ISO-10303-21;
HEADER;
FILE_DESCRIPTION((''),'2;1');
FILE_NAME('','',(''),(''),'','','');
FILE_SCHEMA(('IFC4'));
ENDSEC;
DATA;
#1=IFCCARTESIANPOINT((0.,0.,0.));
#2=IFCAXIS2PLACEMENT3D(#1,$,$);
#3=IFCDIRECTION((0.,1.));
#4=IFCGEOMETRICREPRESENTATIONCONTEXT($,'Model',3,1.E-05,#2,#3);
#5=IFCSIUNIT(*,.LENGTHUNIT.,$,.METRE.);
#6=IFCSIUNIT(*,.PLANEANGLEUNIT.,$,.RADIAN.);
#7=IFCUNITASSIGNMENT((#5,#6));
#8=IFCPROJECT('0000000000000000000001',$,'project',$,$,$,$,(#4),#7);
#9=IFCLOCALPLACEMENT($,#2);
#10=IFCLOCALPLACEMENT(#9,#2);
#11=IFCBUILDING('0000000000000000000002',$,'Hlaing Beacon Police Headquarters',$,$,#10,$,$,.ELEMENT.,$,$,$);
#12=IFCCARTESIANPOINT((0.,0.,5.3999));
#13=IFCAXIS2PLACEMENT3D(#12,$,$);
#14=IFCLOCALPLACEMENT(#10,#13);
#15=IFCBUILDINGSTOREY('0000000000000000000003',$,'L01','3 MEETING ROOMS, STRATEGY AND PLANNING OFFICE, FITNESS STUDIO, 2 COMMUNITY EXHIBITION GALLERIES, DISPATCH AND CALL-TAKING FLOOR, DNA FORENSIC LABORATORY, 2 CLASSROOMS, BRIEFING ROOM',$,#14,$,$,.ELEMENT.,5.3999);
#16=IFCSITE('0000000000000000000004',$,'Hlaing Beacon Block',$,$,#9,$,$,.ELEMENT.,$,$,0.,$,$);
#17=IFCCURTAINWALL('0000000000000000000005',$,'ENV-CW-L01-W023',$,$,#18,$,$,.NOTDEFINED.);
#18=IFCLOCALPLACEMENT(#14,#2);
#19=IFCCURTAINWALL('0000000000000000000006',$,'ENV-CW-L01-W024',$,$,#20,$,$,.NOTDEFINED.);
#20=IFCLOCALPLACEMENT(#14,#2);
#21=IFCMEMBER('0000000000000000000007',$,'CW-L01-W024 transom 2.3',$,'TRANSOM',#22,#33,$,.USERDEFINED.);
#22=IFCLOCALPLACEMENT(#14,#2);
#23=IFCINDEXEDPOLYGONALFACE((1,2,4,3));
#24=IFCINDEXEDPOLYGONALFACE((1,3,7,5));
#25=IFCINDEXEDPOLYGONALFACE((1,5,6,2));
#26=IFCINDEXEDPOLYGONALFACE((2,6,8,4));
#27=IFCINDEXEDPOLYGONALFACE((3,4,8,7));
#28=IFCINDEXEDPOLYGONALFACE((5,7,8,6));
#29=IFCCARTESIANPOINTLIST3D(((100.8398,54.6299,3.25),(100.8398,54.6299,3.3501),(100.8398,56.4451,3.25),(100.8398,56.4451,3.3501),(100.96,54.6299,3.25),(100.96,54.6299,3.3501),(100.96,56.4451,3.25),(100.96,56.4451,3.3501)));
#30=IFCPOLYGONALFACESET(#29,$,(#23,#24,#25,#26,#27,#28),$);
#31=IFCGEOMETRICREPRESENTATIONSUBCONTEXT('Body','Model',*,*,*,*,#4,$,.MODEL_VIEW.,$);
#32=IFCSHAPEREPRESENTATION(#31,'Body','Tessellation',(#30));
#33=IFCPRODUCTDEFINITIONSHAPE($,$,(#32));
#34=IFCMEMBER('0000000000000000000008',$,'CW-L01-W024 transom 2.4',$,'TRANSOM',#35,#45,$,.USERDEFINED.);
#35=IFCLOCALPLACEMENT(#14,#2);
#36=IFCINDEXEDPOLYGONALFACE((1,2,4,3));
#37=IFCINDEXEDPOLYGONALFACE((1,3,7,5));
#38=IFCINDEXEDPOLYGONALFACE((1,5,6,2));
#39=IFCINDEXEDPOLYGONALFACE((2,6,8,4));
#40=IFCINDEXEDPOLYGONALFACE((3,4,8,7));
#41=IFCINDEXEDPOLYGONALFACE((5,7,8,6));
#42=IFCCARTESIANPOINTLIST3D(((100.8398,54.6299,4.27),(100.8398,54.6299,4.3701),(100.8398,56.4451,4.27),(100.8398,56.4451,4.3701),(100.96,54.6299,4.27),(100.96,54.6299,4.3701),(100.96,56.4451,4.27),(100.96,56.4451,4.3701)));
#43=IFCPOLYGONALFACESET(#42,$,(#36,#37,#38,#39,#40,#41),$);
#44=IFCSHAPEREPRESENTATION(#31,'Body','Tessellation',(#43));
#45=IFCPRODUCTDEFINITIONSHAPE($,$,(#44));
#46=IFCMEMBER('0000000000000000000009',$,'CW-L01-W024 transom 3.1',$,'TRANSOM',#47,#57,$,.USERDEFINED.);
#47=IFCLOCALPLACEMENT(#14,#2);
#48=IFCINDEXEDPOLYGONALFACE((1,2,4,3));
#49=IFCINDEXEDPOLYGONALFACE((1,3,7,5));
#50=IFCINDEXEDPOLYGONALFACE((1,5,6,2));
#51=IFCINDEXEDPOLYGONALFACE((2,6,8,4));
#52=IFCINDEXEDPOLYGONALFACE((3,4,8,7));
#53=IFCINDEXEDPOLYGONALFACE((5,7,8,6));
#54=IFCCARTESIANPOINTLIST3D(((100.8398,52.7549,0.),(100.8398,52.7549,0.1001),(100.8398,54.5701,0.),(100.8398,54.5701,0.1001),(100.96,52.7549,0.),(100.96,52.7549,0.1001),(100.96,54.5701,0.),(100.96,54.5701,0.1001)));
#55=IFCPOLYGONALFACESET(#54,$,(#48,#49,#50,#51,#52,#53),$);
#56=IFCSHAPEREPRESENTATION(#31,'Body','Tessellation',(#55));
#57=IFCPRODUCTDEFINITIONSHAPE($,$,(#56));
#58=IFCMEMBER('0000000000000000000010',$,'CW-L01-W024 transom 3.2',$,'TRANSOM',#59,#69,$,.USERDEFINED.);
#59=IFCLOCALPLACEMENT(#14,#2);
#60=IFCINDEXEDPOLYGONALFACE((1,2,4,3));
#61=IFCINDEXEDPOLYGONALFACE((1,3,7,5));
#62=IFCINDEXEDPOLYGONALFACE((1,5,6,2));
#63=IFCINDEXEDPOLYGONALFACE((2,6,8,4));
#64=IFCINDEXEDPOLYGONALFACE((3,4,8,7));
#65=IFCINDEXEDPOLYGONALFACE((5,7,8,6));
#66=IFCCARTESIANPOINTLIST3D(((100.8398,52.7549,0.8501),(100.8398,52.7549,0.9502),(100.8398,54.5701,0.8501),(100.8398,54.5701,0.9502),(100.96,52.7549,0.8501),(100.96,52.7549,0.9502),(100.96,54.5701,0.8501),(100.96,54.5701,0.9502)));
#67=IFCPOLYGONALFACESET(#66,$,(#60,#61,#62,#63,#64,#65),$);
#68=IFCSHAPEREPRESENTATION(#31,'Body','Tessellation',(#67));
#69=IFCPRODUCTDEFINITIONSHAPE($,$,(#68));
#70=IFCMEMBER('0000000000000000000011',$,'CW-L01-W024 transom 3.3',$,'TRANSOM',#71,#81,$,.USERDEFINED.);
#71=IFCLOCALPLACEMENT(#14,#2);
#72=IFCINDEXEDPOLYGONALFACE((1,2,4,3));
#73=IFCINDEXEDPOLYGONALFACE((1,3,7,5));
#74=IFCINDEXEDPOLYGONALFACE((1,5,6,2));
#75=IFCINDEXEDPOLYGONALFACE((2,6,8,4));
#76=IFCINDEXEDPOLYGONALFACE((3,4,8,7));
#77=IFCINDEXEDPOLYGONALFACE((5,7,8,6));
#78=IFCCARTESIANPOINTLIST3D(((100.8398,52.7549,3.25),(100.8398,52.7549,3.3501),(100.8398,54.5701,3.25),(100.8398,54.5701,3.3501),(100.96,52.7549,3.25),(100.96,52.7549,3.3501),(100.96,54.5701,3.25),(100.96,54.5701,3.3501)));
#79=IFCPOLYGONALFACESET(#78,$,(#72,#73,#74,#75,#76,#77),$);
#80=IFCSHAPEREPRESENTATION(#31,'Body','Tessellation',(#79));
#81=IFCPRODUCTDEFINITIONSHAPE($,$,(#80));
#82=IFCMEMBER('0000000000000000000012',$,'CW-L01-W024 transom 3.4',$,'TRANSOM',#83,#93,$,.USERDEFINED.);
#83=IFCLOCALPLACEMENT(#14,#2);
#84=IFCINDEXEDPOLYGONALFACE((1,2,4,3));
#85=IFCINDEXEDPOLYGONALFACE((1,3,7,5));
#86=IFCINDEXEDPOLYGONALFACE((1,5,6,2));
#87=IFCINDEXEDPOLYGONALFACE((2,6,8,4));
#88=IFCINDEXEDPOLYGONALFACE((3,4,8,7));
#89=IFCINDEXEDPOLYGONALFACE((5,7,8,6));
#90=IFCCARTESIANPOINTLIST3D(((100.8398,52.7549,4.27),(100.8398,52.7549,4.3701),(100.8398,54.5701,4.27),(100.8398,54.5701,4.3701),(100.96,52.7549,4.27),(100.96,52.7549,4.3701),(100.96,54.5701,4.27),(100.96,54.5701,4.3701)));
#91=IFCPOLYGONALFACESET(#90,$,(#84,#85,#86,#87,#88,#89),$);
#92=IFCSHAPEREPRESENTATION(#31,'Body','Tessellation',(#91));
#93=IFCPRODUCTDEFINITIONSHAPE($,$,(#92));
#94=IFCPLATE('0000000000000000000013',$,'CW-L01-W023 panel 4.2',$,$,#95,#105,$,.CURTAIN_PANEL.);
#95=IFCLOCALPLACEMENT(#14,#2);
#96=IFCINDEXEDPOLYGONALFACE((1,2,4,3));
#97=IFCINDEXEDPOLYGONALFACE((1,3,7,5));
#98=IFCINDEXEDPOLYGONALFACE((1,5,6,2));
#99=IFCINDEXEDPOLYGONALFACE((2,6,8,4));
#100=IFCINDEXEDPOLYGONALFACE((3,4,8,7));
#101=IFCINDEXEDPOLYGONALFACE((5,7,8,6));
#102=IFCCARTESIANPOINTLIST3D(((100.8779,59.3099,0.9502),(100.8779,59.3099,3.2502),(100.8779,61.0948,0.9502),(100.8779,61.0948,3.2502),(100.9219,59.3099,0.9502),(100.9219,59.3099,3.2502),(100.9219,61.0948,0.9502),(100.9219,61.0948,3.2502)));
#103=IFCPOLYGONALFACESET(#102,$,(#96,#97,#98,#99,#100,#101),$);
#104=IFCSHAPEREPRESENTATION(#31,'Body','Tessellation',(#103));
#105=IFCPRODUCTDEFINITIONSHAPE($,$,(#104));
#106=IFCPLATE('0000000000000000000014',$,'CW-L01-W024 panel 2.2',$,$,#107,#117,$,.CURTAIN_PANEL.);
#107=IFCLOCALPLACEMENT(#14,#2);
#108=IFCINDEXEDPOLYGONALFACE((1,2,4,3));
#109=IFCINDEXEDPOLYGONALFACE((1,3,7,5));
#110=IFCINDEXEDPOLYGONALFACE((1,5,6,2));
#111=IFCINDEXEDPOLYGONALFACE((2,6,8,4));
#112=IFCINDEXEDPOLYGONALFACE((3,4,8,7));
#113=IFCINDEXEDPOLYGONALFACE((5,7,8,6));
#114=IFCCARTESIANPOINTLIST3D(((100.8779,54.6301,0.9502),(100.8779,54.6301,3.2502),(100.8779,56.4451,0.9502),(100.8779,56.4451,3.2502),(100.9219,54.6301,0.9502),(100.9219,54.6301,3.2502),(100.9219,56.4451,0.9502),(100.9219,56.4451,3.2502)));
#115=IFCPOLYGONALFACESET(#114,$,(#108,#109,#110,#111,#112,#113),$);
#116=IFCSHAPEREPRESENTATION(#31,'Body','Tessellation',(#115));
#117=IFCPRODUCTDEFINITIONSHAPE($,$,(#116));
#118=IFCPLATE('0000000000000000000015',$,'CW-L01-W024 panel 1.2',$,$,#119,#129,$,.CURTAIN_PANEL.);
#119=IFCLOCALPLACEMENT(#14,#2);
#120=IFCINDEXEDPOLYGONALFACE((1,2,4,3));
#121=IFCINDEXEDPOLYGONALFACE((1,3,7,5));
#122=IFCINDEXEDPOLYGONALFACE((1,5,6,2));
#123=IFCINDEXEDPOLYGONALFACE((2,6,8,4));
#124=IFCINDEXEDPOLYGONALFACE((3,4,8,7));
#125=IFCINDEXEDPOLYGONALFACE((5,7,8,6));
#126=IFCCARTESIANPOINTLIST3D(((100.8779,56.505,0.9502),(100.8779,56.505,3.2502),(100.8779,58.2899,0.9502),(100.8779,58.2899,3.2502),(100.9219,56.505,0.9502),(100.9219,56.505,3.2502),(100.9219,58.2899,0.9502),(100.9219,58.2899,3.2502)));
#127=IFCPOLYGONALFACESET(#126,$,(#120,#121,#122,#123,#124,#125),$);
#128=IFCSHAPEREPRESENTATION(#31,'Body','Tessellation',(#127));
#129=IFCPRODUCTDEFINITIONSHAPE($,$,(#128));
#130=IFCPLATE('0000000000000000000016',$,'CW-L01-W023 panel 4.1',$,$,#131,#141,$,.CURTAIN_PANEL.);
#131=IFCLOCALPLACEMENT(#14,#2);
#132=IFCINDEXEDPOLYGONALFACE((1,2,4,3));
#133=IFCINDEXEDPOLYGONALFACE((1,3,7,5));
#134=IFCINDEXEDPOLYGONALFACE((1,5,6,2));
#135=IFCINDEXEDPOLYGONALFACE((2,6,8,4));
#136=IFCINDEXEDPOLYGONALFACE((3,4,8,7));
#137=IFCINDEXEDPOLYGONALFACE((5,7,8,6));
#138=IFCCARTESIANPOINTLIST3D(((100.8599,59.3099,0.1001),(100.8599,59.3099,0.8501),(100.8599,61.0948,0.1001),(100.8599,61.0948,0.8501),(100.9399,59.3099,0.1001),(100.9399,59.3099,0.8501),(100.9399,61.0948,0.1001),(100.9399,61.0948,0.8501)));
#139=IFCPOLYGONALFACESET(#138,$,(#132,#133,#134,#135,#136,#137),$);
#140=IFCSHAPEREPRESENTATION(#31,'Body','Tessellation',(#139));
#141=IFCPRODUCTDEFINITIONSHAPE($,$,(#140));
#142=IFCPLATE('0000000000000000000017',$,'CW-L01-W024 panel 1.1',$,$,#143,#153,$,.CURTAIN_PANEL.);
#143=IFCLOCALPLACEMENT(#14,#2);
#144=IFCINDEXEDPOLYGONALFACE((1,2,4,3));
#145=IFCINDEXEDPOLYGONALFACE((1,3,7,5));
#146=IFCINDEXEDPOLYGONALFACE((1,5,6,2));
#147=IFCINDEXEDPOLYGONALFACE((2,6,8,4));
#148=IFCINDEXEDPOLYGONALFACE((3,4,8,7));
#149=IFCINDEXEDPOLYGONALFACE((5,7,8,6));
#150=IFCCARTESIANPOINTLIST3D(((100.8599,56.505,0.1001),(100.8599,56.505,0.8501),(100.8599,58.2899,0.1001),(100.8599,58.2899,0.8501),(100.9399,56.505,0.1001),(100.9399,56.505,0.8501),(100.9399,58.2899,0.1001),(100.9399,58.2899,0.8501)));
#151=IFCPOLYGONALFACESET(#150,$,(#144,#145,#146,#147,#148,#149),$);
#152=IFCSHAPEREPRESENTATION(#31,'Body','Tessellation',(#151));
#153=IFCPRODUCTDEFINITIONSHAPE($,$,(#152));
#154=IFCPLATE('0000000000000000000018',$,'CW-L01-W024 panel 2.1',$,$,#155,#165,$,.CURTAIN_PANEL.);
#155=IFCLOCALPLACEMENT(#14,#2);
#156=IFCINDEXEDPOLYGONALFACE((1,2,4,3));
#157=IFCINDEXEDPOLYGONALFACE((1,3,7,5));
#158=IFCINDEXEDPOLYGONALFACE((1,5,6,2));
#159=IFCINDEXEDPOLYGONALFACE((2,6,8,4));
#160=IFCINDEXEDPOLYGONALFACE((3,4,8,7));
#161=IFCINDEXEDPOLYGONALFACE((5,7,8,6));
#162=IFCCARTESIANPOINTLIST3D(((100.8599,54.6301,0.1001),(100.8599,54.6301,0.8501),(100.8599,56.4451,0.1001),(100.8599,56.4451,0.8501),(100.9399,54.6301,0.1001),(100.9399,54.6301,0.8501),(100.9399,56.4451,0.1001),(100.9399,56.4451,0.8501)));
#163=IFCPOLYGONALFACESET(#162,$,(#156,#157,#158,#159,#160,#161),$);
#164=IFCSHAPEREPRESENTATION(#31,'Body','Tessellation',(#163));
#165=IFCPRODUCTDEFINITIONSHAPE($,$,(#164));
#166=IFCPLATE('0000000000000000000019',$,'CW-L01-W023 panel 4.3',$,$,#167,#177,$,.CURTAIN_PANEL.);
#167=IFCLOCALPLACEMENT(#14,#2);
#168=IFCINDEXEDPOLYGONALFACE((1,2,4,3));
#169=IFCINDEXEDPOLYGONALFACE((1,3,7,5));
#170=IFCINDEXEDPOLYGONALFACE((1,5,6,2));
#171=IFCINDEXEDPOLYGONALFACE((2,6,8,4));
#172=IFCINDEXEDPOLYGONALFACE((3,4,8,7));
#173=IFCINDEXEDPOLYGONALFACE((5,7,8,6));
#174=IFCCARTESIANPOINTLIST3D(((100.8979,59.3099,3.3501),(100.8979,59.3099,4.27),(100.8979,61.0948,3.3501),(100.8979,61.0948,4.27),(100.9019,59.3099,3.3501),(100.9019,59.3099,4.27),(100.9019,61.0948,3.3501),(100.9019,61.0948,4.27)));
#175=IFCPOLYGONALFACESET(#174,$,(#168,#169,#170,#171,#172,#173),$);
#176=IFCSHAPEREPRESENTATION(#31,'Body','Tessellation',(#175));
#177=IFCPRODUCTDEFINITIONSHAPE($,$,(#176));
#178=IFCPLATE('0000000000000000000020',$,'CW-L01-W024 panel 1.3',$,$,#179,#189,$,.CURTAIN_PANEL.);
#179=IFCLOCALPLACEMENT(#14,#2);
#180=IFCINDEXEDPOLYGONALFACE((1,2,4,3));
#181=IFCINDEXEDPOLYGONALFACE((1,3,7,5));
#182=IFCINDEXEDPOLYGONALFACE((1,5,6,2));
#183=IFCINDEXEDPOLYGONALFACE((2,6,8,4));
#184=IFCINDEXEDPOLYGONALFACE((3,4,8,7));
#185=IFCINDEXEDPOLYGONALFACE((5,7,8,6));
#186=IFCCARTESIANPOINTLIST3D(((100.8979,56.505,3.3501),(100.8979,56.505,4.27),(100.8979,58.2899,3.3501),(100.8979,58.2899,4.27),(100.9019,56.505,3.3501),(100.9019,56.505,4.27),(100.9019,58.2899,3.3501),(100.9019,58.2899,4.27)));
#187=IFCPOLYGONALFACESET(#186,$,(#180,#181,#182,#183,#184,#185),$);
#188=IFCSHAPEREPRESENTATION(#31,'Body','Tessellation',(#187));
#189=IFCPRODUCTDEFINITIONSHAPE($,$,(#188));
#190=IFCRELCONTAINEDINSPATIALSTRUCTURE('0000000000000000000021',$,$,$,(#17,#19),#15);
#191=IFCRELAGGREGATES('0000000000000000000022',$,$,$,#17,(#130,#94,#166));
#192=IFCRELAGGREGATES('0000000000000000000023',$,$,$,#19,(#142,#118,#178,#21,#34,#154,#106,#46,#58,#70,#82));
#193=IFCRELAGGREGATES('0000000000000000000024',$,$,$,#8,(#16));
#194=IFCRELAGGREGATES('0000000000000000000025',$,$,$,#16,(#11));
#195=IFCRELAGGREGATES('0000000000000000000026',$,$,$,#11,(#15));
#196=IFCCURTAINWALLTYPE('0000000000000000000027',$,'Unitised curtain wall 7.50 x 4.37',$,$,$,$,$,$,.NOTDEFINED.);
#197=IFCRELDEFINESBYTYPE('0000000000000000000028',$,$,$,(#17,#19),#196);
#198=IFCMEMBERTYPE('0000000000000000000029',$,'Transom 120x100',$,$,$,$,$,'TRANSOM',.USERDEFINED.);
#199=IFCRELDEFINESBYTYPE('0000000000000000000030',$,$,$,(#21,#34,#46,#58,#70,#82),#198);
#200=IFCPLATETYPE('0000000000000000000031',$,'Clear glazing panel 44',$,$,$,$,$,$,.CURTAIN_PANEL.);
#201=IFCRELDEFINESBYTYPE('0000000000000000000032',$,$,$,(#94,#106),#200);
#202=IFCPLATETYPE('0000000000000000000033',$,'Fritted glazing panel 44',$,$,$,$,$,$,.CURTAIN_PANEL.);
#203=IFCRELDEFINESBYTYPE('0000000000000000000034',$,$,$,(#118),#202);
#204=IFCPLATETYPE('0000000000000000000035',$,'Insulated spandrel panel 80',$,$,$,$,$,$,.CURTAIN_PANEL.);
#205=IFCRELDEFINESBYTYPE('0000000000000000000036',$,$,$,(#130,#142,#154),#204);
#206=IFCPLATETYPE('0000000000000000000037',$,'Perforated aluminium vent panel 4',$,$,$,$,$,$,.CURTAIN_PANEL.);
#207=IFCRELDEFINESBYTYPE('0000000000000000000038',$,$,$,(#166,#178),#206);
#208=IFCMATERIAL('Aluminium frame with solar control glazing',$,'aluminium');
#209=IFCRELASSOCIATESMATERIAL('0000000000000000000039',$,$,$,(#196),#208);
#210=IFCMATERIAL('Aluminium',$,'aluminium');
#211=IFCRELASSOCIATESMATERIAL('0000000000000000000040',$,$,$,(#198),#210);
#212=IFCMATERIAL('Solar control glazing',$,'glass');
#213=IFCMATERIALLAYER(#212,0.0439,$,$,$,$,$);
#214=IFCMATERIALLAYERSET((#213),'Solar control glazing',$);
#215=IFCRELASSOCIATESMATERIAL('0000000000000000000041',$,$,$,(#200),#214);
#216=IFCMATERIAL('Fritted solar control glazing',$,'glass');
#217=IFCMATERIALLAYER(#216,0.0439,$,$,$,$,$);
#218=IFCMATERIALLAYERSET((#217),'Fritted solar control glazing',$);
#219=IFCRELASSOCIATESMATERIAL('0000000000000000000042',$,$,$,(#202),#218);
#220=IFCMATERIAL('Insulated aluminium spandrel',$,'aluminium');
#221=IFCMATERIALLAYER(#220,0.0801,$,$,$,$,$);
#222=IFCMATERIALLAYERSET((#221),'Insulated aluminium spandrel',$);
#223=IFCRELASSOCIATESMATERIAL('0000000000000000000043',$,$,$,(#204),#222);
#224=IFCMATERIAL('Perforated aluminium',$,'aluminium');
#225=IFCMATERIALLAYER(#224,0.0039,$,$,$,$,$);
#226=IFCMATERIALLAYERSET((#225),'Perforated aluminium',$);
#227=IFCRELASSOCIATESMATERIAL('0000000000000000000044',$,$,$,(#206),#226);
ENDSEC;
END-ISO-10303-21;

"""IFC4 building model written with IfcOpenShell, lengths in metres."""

from ifc_helpers import new_model, si_unit, direction, frame, origin, origin_2d, place, context, subcontext, project, spatial, rectangle, extrude, material, layer, layer_set, material_profile, profile_set, type_object, element, aggregate, save


model = new_model("IFC4")

# Units and contexts
model_context = context("Model", 3, precision=1e-05, world=origin(), true_north=direction((0.0, 1.0)))
body_context = subcontext(model_context, "Body", "Model", "MODEL_VIEW")
ifc_project = project(units=[si_unit("LENGTHUNIT", "METRE"), si_unit("PLANEANGLEUNIT", "RADIAN")], contexts=[model_context])

# Site, building, storey
site_placement = place(None, origin())
site = spatial("IfcSite", under=ifc_project, at=site_placement, Name="Hlaing Beacon Block", CompositionType="ELEMENT", RefElevation=0.0)
building_placement = place(site_placement, origin())
building = spatial("IfcBuilding", under=site, at=building_placement, Name="Hlaing Beacon Police Headquarters", CompositionType="ELEMENT")
storey_placement = place(building_placement, frame((0.0, 0.0, 5.3999)))
storey = spatial("IfcBuildingStorey", under=building, at=storey_placement, Name="L01", Description="3 MEETING ROOMS, STRATEGY AND PLANNING OFFICE, FITNESS STUDIO, 2 COMMUNITY EXHIBITION GALLERIES, DISPATCH AND CALL-TAKING FLOOR, DNA FORENSIC LABORATORY, 2 CLASSROOMS, BRIEFING ROOM", CompositionType="ELEMENT", Elevation=5.3999)

# Curtain walls
ifc_material_1 = material(Name="Aluminium frame with solar control glazing", Category="aluminium")
curtain_wall_type = type_object("IfcCurtainWallType", Name="Unitised curtain wall 7.50 x 4.37", PredefinedType="NOTDEFINED", material=ifc_material_1)
curtain_wall_1_placement = place(storey_placement, origin())
curtain_wall_1 = element("IfcCurtainWall", 1, at=curtain_wall_1_placement, inside=storey, type_object=curtain_wall_type, Name="ENV-CW-L01-W023", PredefinedType="NOTDEFINED")
curtain_wall_2_placement = place(storey_placement, origin())
curtain_wall_2 = element("IfcCurtainWall", 2, at=curtain_wall_2_placement, inside=storey, type_object=curtain_wall_type, Name="ENV-CW-L01-W024", PredefinedType="NOTDEFINED")

# Members
ifc_material_2 = material(Name="Aluminium", Category="aluminium")
ifc_material_profile_1 = material_profile(ifc_material_2, rectangle(XDim=0.1201, YDim=0.1001, at=origin_2d()), Name="Transom 120x100")
ifc_profile_set_1 = profile_set([ifc_material_profile_1], Name="Aluminium")
member_type_1 = type_object("IfcMemberType", Name="Transom 120x100", ElementType="TRANSOM", PredefinedType="USERDEFINED", material=ifc_profile_set_1)
member_1_placement = place(storey_placement, frame((100.8999, 56.4451, 3.3), z_axis=(0.0, -1.0, 0.0), x_axis=(1.0, 0.0, 0.0)))
member_1 = element("IfcMember", 3, at=member_1_placement, type_object=member_type_1, Name="CW-L01-W024 transom 2.3", ObjectType="TRANSOM", PredefinedType="USERDEFINED", context=body_context, shape_type="SweptSolid", body=[
    extrude(rectangle(XDim=0.1201, YDim=0.1001, at=origin_2d()), origin(), (0.0, 0.0, 1.0), 1.8152),
])
member_2_placement = place(storey_placement, frame((100.8999, 56.4451, 4.3201), z_axis=(0.0, -1.0, 0.0), x_axis=(1.0, 0.0, 0.0)))
member_2 = element("IfcMember", 4, at=member_2_placement, type_object=member_type_1, Name="CW-L01-W024 transom 2.4", ObjectType="TRANSOM", PredefinedType="USERDEFINED", context=body_context, shape_type="SweptSolid", body=[
    extrude(rectangle(XDim=0.1201, YDim=0.1001, at=origin_2d()), origin(), (0.0, 0.0, 1.0), 1.8152),
])
member_3_placement = place(storey_placement, frame((100.8999, 54.5701, 0.05), z_axis=(0.0, -1.0, 0.0), x_axis=(1.0, 0.0, 0.0)))
member_3 = element("IfcMember", 5, at=member_3_placement, type_object=member_type_1, Name="CW-L01-W024 transom 3.1", ObjectType="TRANSOM", PredefinedType="USERDEFINED", context=body_context, shape_type="SweptSolid", body=[
    extrude(rectangle(XDim=0.1201, YDim=0.1001, at=origin_2d()), origin(), (0.0, 0.0, 1.0), 1.8152),
])
member_4_placement = place(storey_placement, frame((100.8999, 54.5701, 0.9001), z_axis=(0.0, -1.0, 0.0), x_axis=(1.0, 0.0, 0.0)))
member_4 = element("IfcMember", 6, at=member_4_placement, type_object=member_type_1, Name="CW-L01-W024 transom 3.2", ObjectType="TRANSOM", PredefinedType="USERDEFINED", context=body_context, shape_type="SweptSolid", body=[
    extrude(rectangle(XDim=0.1201, YDim=0.1001, at=origin_2d()), origin(), (0.0, 0.0, 1.0), 1.8152),
])
member_5_placement = place(storey_placement, frame((100.8999, 54.5701, 3.3), z_axis=(0.0, -1.0, 0.0), x_axis=(1.0, 0.0, 0.0)))
member_5 = element("IfcMember", 7, at=member_5_placement, type_object=member_type_1, Name="CW-L01-W024 transom 3.3", ObjectType="TRANSOM", PredefinedType="USERDEFINED", context=body_context, shape_type="SweptSolid", body=[
    extrude(rectangle(XDim=0.1201, YDim=0.1001, at=origin_2d()), origin(), (0.0, 0.0, 1.0), 1.8152),
])
member_6_placement = place(storey_placement, frame((100.8999, 54.5701, 4.3201), z_axis=(0.0, -1.0, 0.0), x_axis=(1.0, 0.0, 0.0)))
member_6 = element("IfcMember", 8, at=member_6_placement, type_object=member_type_1, Name="CW-L01-W024 transom 3.4", ObjectType="TRANSOM", PredefinedType="USERDEFINED", context=body_context, shape_type="SweptSolid", body=[
    extrude(rectangle(XDim=0.1201, YDim=0.1001, at=origin_2d()), origin(), (0.0, 0.0, 1.0), 1.8152),
])

# Plates
ifc_material_3 = material(Name="Solar control glazing", Category="glass")
ifc_layer_1 = layer(ifc_material_3, 0.0439)
ifc_layer_set_1 = layer_set([ifc_layer_1], Name="Solar control glazing")
plate_type_1 = type_object("IfcPlateType", Name="Clear glazing panel 44", PredefinedType="CURTAIN_PANEL", material=ifc_layer_set_1)
plate_1_placement = place(storey_placement, frame((100.8999, 60.2024, 0.9502), z_axis=(0.0, 0.0, 1.0), x_axis=(0.0, -1.0, 0.0)))
plate_1 = element("IfcPlate", 9, at=plate_1_placement, type_object=plate_type_1, Name="CW-L01-W023 panel 4.2", PredefinedType="CURTAIN_PANEL", context=body_context, shape_type="SweptSolid", body=[
    extrude(rectangle(XDim=1.7849, YDim=0.0439, at=origin_2d()), origin(), (0.0, 0.0, 1.0), 2.3),
])
plate_2_placement = place(storey_placement, frame((100.8999, 55.5376, 0.9502), z_axis=(0.0, 0.0, 1.0), x_axis=(0.0, -1.0, 0.0)))
plate_2 = element("IfcPlate", 10, at=plate_2_placement, type_object=plate_type_1, Name="CW-L01-W024 panel 2.2", PredefinedType="CURTAIN_PANEL", context=body_context, shape_type="SweptSolid", body=[
    extrude(rectangle(XDim=1.8149, YDim=0.0439, at=origin_2d()), origin(), (0.0, 0.0, 1.0), 2.3),
])
ifc_material_4 = material(Name="Fritted solar control glazing", Category="glass")
ifc_layer_2 = layer(ifc_material_4, 0.0439)
ifc_layer_set_2 = layer_set([ifc_layer_2], Name="Fritted solar control glazing")
plate_type_2 = type_object("IfcPlateType", Name="Fritted glazing panel 44", PredefinedType="CURTAIN_PANEL", material=ifc_layer_set_2)
plate_3_placement = place(storey_placement, frame((100.8999, 57.3975, 0.9502), z_axis=(0.0, 0.0, 1.0), x_axis=(0.0, -1.0, 0.0)))
plate_3 = element("IfcPlate", 11, at=plate_3_placement, type_object=plate_type_2, Name="CW-L01-W024 panel 1.2", PredefinedType="CURTAIN_PANEL", context=body_context, shape_type="SweptSolid", body=[
    extrude(rectangle(XDim=1.7849, YDim=0.0439, at=origin_2d()), origin(), (0.0, 0.0, 1.0), 2.3),
])
ifc_material_5 = material(Name="Insulated aluminium spandrel", Category="aluminium")
ifc_layer_3 = layer(ifc_material_5, 0.0801)
ifc_layer_set_3 = layer_set([ifc_layer_3], Name="Insulated aluminium spandrel")
plate_type_3 = type_object("IfcPlateType", Name="Insulated spandrel panel 80", PredefinedType="CURTAIN_PANEL", material=ifc_layer_set_3)
plate_4_placement = place(storey_placement, frame((100.8999, 60.2024, 0.1001), z_axis=(0.0, 0.0, 1.0), x_axis=(0.0, -1.0, 0.0)))
plate_4 = element("IfcPlate", 12, at=plate_4_placement, type_object=plate_type_3, Name="CW-L01-W023 panel 4.1", PredefinedType="CURTAIN_PANEL", context=body_context, shape_type="SweptSolid", body=[
    extrude(rectangle(XDim=1.7849, YDim=0.0801, at=origin_2d()), origin(), (0.0, 0.0, 1.0), 0.75),
])
plate_5_placement = place(storey_placement, frame((100.8999, 57.3975, 0.1001), z_axis=(0.0, 0.0, 1.0), x_axis=(0.0, -1.0, 0.0)))
plate_5 = element("IfcPlate", 13, at=plate_5_placement, type_object=plate_type_3, Name="CW-L01-W024 panel 1.1", PredefinedType="CURTAIN_PANEL", context=body_context, shape_type="SweptSolid", body=[
    extrude(rectangle(XDim=1.7849, YDim=0.0801, at=origin_2d()), origin(), (0.0, 0.0, 1.0), 0.75),
])
plate_6_placement = place(storey_placement, frame((100.8999, 55.5376, 0.1001), z_axis=(0.0, 0.0, 1.0), x_axis=(0.0, -1.0, 0.0)))
plate_6 = element("IfcPlate", 14, at=plate_6_placement, type_object=plate_type_3, Name="CW-L01-W024 panel 2.1", PredefinedType="CURTAIN_PANEL", context=body_context, shape_type="SweptSolid", body=[
    extrude(rectangle(XDim=1.8149, YDim=0.0801, at=origin_2d()), origin(), (0.0, 0.0, 1.0), 0.75),
])
ifc_material_6 = material(Name="Perforated aluminium", Category="aluminium")
ifc_layer_4 = layer(ifc_material_6, 0.0039)
ifc_layer_set_4 = layer_set([ifc_layer_4], Name="Perforated aluminium")
plate_type_4 = type_object("IfcPlateType", Name="Perforated aluminium vent panel 4", PredefinedType="CURTAIN_PANEL", material=ifc_layer_set_4)
plate_7_placement = place(storey_placement, frame((100.8999, 60.2024, 3.3501), z_axis=(0.0, 0.0, 1.0), x_axis=(0.0, -1.0, 0.0)))
plate_7 = element("IfcPlate", 15, at=plate_7_placement, type_object=plate_type_4, Name="CW-L01-W023 panel 4.3", PredefinedType="CURTAIN_PANEL", context=body_context, shape_type="SweptSolid", body=[
    extrude(rectangle(XDim=1.7849, YDim=0.0039, at=origin_2d()), origin(), (0.0, 0.0, 1.0), 0.9199),
])
aggregate(curtain_wall_1, [plate_4, plate_1, plate_7])
plate_8_placement = place(storey_placement, frame((100.8999, 57.3975, 3.3501), z_axis=(0.0, 0.0, 1.0), x_axis=(0.0, -1.0, 0.0)))
plate_8 = element("IfcPlate", 16, at=plate_8_placement, type_object=plate_type_4, Name="CW-L01-W024 panel 1.3", PredefinedType="CURTAIN_PANEL", context=body_context, shape_type="SweptSolid", body=[
    extrude(rectangle(XDim=1.7849, YDim=0.0039, at=origin_2d()), origin(), (0.0, 0.0, 1.0), 0.9199),
])
aggregate(curtain_wall_2, [plate_5, plate_3, plate_8, member_1, member_2, plate_6, plate_2, member_3, member_4, member_5, member_6])

save(model, "model.ifc")
